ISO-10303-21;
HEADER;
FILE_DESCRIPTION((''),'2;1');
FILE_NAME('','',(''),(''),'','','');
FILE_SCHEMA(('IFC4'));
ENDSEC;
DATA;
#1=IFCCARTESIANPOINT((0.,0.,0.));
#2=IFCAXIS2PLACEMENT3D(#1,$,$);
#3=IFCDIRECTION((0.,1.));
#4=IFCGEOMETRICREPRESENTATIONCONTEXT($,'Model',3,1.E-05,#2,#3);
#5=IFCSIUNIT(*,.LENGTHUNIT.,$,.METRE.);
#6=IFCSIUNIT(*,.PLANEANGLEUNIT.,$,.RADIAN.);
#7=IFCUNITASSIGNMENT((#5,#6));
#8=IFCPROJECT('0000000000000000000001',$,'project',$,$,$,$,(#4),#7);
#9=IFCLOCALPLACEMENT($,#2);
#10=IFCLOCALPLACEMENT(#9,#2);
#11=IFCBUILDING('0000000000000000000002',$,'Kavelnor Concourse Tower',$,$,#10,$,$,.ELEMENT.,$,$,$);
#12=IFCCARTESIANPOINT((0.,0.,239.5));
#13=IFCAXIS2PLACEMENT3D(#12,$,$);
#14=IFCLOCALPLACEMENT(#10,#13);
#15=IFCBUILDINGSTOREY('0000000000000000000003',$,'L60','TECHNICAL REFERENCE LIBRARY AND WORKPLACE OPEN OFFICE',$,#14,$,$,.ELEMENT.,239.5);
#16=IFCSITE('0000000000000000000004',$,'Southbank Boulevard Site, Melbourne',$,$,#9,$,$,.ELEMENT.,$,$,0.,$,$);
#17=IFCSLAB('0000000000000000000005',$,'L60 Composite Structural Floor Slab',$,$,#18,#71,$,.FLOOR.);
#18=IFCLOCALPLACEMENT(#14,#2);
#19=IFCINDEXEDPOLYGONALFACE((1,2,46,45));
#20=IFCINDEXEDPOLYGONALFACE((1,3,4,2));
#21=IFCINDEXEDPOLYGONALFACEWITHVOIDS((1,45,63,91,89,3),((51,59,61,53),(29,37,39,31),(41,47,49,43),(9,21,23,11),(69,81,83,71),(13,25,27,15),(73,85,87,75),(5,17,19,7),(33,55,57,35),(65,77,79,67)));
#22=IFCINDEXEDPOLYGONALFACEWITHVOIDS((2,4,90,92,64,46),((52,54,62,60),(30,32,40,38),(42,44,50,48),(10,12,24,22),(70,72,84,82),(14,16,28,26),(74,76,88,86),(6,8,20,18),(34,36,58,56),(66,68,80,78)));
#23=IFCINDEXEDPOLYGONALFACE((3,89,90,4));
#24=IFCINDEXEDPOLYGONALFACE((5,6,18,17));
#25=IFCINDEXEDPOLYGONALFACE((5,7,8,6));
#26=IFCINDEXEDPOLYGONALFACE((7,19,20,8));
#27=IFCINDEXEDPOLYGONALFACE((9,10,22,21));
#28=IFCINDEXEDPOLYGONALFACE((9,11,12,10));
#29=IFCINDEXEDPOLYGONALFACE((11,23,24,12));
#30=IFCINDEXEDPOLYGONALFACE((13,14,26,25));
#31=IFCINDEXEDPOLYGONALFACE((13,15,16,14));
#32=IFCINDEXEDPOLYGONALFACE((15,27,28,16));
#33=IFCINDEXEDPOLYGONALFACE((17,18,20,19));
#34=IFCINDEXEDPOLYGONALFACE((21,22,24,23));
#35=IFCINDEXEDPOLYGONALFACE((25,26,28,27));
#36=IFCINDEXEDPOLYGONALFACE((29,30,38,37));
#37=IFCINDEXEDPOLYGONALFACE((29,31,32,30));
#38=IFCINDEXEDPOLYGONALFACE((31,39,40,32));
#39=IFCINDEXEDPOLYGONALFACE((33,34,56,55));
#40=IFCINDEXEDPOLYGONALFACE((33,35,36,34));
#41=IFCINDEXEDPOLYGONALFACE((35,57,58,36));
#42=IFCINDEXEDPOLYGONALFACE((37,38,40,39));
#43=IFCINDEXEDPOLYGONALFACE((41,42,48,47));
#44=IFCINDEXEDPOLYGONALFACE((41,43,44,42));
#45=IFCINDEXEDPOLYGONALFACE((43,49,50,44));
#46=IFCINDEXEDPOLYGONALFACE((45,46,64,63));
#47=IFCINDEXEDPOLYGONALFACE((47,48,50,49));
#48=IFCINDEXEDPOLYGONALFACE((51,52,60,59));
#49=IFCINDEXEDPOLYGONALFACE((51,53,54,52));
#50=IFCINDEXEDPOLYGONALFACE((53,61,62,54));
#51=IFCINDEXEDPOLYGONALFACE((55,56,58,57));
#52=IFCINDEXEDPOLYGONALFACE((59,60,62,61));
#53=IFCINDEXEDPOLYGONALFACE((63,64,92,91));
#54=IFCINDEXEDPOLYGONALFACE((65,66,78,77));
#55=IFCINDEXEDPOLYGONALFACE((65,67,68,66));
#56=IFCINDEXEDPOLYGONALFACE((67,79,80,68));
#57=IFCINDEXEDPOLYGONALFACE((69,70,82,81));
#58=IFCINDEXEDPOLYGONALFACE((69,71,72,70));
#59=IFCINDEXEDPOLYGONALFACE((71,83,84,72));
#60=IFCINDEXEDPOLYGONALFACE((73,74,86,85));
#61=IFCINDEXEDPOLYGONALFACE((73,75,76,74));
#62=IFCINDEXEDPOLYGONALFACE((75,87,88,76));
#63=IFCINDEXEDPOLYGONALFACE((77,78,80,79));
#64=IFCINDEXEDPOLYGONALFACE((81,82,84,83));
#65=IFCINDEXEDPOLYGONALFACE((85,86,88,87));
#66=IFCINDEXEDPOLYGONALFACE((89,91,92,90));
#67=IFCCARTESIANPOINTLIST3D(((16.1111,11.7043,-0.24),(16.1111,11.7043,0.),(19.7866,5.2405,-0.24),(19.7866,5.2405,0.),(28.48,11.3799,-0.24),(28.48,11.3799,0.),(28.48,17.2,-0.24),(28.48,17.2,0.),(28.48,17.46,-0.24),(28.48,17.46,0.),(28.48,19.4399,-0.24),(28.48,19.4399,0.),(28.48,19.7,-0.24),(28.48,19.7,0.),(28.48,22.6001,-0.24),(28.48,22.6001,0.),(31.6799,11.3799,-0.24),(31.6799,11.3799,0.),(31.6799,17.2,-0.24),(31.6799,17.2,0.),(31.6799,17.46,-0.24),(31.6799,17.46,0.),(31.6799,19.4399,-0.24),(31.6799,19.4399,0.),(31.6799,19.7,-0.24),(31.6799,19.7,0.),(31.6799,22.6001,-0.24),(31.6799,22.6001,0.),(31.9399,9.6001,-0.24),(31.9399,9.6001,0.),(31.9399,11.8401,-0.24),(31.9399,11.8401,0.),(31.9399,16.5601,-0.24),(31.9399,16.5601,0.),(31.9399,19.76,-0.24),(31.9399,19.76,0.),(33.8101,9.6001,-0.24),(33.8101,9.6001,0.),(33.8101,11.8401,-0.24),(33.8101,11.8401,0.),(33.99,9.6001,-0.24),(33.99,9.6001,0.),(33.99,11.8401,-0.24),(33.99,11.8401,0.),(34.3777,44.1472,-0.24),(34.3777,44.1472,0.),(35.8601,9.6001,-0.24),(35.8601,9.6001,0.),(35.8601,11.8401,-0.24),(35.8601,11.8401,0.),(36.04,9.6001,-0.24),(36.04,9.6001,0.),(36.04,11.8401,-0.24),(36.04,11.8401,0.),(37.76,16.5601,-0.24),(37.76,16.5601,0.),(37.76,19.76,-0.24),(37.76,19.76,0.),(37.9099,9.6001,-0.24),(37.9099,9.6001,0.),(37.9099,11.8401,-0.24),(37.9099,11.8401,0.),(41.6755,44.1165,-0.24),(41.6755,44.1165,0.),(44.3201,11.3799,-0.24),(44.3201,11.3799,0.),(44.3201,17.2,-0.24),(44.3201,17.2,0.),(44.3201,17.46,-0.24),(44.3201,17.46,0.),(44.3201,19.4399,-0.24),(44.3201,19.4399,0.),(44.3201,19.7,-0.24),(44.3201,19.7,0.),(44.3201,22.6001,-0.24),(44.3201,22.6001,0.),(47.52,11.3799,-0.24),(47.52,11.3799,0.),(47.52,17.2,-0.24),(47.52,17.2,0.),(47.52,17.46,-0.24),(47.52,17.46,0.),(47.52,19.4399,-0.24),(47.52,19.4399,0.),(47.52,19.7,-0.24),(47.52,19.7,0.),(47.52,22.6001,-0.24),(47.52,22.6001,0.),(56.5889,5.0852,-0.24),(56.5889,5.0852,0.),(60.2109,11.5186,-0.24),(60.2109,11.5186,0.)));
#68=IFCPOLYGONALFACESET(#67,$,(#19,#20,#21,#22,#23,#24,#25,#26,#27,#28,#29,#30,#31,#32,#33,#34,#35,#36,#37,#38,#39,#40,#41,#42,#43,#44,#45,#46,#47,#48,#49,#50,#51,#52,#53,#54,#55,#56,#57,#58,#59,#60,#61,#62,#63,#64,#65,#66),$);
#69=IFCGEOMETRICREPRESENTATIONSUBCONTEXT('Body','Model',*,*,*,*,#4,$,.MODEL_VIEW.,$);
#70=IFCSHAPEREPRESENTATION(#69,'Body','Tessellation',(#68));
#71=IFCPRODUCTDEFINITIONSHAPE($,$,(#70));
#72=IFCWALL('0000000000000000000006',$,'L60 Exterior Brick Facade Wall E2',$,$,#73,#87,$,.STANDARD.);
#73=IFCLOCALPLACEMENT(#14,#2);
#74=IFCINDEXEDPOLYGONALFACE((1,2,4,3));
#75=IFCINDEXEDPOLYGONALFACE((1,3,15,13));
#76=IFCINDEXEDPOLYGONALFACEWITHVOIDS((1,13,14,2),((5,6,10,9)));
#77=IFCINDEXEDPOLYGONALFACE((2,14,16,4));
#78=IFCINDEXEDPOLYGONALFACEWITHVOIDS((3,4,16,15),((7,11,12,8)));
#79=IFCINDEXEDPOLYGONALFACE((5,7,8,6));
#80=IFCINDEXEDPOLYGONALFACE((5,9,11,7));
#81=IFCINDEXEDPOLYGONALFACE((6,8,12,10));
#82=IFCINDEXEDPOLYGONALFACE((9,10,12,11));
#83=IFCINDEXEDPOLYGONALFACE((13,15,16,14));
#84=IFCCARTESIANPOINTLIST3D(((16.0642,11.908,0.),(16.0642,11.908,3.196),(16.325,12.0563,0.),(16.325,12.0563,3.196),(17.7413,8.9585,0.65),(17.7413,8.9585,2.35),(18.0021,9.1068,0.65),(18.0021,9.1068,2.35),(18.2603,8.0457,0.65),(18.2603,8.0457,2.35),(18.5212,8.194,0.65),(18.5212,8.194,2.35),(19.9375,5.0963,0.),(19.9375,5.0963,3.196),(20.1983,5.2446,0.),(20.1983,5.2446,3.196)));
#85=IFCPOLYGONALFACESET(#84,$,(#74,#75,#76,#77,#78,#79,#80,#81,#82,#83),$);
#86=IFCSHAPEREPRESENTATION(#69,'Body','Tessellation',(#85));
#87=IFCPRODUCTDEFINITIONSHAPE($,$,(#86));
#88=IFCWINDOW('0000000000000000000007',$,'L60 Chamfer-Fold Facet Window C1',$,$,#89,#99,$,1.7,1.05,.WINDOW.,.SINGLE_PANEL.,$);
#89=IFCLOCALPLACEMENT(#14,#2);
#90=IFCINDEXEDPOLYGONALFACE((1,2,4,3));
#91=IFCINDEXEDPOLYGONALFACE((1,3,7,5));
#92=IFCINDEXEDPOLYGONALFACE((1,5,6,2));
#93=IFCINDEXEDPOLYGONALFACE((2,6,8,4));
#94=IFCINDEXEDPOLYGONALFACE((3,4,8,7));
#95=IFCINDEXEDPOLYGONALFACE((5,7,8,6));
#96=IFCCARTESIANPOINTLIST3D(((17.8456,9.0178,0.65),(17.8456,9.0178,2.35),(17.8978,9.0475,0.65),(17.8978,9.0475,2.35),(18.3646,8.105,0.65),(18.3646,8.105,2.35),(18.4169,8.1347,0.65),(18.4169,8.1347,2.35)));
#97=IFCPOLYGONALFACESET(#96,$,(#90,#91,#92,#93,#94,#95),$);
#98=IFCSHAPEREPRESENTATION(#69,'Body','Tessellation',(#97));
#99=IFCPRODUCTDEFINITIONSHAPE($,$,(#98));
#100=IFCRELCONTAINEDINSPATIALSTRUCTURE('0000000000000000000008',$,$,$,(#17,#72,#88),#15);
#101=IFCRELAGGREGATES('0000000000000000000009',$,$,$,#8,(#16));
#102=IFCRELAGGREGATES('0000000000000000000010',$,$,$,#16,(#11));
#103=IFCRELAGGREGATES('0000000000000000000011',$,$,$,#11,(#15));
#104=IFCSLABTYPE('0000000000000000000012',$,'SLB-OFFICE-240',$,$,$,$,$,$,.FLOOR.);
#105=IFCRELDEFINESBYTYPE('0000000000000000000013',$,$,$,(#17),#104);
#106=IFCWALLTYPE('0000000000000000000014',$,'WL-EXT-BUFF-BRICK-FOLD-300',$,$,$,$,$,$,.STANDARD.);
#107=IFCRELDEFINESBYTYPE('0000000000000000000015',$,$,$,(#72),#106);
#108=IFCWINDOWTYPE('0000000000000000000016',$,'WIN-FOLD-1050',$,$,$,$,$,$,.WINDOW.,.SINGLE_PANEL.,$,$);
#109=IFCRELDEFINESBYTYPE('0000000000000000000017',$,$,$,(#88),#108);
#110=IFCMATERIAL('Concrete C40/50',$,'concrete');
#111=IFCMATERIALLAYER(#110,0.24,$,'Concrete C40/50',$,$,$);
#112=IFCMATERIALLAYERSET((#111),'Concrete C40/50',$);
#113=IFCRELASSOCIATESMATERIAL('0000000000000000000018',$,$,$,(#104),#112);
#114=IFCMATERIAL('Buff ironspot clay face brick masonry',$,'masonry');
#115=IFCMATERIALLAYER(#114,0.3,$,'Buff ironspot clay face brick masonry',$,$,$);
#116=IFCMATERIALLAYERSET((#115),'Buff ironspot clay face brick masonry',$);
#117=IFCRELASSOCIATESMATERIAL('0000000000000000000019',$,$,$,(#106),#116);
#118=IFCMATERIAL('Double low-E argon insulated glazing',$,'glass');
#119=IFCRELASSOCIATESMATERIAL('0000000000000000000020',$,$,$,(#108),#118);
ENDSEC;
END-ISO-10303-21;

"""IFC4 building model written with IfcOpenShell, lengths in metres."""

from ifc_helpers import new_model, si_unit, direction, frame, frame_2d, origin, place, context, subcontext, project, spatial, polyline, rectangle, outline, extrude, material, layer, layer_set, type_object, element, fill, save


model = new_model("IFC4")

# Units and contexts
model_context = context("Model", 3, precision=1e-05, world=origin(), true_north=direction((0.0, 1.0)))
body_context = subcontext(model_context, "Body", "Model", "MODEL_VIEW")
ifc_project = project(units=[si_unit("LENGTHUNIT", "METRE"), si_unit("PLANEANGLEUNIT", "RADIAN")], contexts=[model_context])

# Site, building, storey
site_placement = place(None, origin())
site = spatial("IfcSite", under=ifc_project, at=site_placement, Name="Southbank Boulevard Site, Melbourne", CompositionType="ELEMENT", RefElevation=0.0)
building_placement = place(site_placement, origin())
building = spatial("IfcBuilding", under=site, at=building_placement, Name="Kavelnor Concourse Tower", CompositionType="ELEMENT")
storey_placement = place(building_placement, frame((0.0, 0.0, 239.5)))
storey = spatial("IfcBuildingStorey", under=building, at=storey_placement, Name="L60", Description="TECHNICAL REFERENCE LIBRARY AND WORKPLACE OPEN OFFICE", CompositionType="ELEMENT", Elevation=239.5)

# Shared definitions
ifc_material_1 = material(Name="Concrete C40/50", Category="concrete")

# Slab
ifc_layer_1 = layer(ifc_material_1, 0.24, Name="Concrete C40/50")
ifc_layer_set_1 = layer_set([ifc_layer_1], Name="Concrete C40/50")
slab_type_1 = type_object("IfcSlabType", Name="SLB-OFFICE-240", PredefinedType="FLOOR", material=ifc_layer_set_1)
slab_1_placement = place(storey_placement, frame((0.0, 0.0, -0.24)))
element("IfcSlab", 1, at=slab_1_placement, inside=storey, type_object=slab_type_1, Name="L60 Composite Structural Floor Slab", PredefinedType="FLOOR", context=body_context, shape_type="SweptSolid", body=[
    extrude(outline(polyline([(41.6755, 44.1165), (34.3777, 44.1472), (16.1111, 11.7043), (19.7866, 5.2405), (56.5889, 5.0852), (60.2109, 11.5186), (41.6755, 44.1165)]), holes=[polyline([(28.48, 11.3799), (31.6799, 11.3799), (31.6799, 17.2), (28.48, 17.2), (28.48, 11.3799)]), polyline([(44.3201, 11.3799), (47.52, 11.3799), (47.52, 17.2), (44.3201, 17.2), (44.3201, 11.3799)]), polyline([(31.9399, 16.5601), (37.76, 16.5601), (37.76, 19.76), (31.9399, 19.76), (31.9399, 16.5601)]), polyline([(28.48, 19.7), (31.6799, 19.7), (31.6799, 22.6001), (28.48, 22.6001), (28.48, 19.7)]), polyline([(44.3201, 19.7), (47.52, 19.7), (47.52, 22.6001), (44.3201, 22.6001), (44.3201, 19.7)]), polyline([(31.9399, 9.6001), (33.8101, 9.6001), (33.8101, 11.8401), (31.9399, 11.8401), (31.9399, 9.6001)]), polyline([(33.99, 9.6001), (35.8601, 9.6001), (35.8601, 11.8401), (33.99, 11.8401), (33.99, 9.6001)]), polyline([(36.04, 9.6001), (37.9099, 9.6001), (37.9099, 11.8401), (36.04, 11.8401), (36.04, 9.6001)]), polyline([(28.48, 17.46), (31.6799, 17.46), (31.6799, 19.4399), (28.48, 19.4399), (28.48, 17.46)]), polyline([(44.3201, 17.46), (47.52, 17.46), (47.52, 19.4399), (44.3201, 19.4399), (44.3201, 17.46)])]), origin(), (0.0, 0.0, 1.0), 0.24),
])

# Wall, opening, window
ifc_material_2 = material(Name="Buff ironspot clay face brick masonry", Category="masonry")
ifc_layer_2 = layer(ifc_material_2, 0.3, Name="Buff ironspot clay face brick masonry")
ifc_layer_set_2 = layer_set([ifc_layer_2], Name="Buff ironspot clay face brick masonry")
wall_type_1 = type_object("IfcWallType", Name="WL-EXT-BUFF-BRICK-FOLD-300", PredefinedType="STANDARD", material=ifc_layer_set_2)
wall_1_placement = place(storey_placement, frame((20.0679, 5.1704, 0.0), z_axis=(0.0, 0.0, 1.0), x_axis=(-0.494296, 0.869294, 0.0)))
wall_1 = element("IfcWall", 2, at=wall_1_placement, inside=storey, type_object=wall_type_1, Name="L60 Exterior Brick Facade Wall E2", PredefinedType="STANDARD", context=body_context, shape_type="SweptSolid", body=[
    extrude(rectangle(XDim=7.8359, YDim=0.3, at=frame_2d((3.918, 0.0))), origin(), (0.0, 0.0, 1.0), 3.196),
])
opening_1_placement = place(wall_1_placement, frame((3.3931, 0.0, 0.6499)))
opening_1 = element("IfcOpeningElement", 3, at=opening_1_placement, cuts=wall_1, PredefinedType="OPENING", context=body_context, shape_type="SweptSolid", body=[
    extrude(rectangle(XDim=1.05, YDim=1.7, at=frame_2d((0.5249, 0.8501))), frame((0.0, 0.1602, 0.0), z_axis=(0.0, -1.0, 0.0), x_axis=(1.0, 0.0, 0.0)), (0.0, 0.0, 1.0), 0.3201),
])
ifc_material_3 = material(Name="Double low-E argon insulated glazing", Category="glass")
window_type_1 = type_object("IfcWindowType", Name="WIN-FOLD-1050", PartitioningType="SINGLE_PANEL", PredefinedType="WINDOW", material=ifc_material_3)
window_1_placement = place(opening_1_placement, origin())
window_1 = element("IfcWindow", 4, at=window_1_placement, inside=storey, type_object=window_type_1, Name="L60 Chamfer-Fold Facet Window C1", OverallHeight=1.7, OverallWidth=1.05, PartitioningType="SINGLE_PANEL", PredefinedType="WINDOW", context=body_context, shape_type="SweptSolid", body=[
    extrude(rectangle(XDim=1.05, YDim=1.7, at=frame_2d((0.5249, 0.8501))), frame((0.0, 0.03, 0.0), z_axis=(0.0, -1.0, 0.0), x_axis=(1.0, 0.0, 0.0)), (0.0, 0.0, 1.0), 0.0601),
])
fill(opening_1, window_1)

save(model, "model.ifc")
